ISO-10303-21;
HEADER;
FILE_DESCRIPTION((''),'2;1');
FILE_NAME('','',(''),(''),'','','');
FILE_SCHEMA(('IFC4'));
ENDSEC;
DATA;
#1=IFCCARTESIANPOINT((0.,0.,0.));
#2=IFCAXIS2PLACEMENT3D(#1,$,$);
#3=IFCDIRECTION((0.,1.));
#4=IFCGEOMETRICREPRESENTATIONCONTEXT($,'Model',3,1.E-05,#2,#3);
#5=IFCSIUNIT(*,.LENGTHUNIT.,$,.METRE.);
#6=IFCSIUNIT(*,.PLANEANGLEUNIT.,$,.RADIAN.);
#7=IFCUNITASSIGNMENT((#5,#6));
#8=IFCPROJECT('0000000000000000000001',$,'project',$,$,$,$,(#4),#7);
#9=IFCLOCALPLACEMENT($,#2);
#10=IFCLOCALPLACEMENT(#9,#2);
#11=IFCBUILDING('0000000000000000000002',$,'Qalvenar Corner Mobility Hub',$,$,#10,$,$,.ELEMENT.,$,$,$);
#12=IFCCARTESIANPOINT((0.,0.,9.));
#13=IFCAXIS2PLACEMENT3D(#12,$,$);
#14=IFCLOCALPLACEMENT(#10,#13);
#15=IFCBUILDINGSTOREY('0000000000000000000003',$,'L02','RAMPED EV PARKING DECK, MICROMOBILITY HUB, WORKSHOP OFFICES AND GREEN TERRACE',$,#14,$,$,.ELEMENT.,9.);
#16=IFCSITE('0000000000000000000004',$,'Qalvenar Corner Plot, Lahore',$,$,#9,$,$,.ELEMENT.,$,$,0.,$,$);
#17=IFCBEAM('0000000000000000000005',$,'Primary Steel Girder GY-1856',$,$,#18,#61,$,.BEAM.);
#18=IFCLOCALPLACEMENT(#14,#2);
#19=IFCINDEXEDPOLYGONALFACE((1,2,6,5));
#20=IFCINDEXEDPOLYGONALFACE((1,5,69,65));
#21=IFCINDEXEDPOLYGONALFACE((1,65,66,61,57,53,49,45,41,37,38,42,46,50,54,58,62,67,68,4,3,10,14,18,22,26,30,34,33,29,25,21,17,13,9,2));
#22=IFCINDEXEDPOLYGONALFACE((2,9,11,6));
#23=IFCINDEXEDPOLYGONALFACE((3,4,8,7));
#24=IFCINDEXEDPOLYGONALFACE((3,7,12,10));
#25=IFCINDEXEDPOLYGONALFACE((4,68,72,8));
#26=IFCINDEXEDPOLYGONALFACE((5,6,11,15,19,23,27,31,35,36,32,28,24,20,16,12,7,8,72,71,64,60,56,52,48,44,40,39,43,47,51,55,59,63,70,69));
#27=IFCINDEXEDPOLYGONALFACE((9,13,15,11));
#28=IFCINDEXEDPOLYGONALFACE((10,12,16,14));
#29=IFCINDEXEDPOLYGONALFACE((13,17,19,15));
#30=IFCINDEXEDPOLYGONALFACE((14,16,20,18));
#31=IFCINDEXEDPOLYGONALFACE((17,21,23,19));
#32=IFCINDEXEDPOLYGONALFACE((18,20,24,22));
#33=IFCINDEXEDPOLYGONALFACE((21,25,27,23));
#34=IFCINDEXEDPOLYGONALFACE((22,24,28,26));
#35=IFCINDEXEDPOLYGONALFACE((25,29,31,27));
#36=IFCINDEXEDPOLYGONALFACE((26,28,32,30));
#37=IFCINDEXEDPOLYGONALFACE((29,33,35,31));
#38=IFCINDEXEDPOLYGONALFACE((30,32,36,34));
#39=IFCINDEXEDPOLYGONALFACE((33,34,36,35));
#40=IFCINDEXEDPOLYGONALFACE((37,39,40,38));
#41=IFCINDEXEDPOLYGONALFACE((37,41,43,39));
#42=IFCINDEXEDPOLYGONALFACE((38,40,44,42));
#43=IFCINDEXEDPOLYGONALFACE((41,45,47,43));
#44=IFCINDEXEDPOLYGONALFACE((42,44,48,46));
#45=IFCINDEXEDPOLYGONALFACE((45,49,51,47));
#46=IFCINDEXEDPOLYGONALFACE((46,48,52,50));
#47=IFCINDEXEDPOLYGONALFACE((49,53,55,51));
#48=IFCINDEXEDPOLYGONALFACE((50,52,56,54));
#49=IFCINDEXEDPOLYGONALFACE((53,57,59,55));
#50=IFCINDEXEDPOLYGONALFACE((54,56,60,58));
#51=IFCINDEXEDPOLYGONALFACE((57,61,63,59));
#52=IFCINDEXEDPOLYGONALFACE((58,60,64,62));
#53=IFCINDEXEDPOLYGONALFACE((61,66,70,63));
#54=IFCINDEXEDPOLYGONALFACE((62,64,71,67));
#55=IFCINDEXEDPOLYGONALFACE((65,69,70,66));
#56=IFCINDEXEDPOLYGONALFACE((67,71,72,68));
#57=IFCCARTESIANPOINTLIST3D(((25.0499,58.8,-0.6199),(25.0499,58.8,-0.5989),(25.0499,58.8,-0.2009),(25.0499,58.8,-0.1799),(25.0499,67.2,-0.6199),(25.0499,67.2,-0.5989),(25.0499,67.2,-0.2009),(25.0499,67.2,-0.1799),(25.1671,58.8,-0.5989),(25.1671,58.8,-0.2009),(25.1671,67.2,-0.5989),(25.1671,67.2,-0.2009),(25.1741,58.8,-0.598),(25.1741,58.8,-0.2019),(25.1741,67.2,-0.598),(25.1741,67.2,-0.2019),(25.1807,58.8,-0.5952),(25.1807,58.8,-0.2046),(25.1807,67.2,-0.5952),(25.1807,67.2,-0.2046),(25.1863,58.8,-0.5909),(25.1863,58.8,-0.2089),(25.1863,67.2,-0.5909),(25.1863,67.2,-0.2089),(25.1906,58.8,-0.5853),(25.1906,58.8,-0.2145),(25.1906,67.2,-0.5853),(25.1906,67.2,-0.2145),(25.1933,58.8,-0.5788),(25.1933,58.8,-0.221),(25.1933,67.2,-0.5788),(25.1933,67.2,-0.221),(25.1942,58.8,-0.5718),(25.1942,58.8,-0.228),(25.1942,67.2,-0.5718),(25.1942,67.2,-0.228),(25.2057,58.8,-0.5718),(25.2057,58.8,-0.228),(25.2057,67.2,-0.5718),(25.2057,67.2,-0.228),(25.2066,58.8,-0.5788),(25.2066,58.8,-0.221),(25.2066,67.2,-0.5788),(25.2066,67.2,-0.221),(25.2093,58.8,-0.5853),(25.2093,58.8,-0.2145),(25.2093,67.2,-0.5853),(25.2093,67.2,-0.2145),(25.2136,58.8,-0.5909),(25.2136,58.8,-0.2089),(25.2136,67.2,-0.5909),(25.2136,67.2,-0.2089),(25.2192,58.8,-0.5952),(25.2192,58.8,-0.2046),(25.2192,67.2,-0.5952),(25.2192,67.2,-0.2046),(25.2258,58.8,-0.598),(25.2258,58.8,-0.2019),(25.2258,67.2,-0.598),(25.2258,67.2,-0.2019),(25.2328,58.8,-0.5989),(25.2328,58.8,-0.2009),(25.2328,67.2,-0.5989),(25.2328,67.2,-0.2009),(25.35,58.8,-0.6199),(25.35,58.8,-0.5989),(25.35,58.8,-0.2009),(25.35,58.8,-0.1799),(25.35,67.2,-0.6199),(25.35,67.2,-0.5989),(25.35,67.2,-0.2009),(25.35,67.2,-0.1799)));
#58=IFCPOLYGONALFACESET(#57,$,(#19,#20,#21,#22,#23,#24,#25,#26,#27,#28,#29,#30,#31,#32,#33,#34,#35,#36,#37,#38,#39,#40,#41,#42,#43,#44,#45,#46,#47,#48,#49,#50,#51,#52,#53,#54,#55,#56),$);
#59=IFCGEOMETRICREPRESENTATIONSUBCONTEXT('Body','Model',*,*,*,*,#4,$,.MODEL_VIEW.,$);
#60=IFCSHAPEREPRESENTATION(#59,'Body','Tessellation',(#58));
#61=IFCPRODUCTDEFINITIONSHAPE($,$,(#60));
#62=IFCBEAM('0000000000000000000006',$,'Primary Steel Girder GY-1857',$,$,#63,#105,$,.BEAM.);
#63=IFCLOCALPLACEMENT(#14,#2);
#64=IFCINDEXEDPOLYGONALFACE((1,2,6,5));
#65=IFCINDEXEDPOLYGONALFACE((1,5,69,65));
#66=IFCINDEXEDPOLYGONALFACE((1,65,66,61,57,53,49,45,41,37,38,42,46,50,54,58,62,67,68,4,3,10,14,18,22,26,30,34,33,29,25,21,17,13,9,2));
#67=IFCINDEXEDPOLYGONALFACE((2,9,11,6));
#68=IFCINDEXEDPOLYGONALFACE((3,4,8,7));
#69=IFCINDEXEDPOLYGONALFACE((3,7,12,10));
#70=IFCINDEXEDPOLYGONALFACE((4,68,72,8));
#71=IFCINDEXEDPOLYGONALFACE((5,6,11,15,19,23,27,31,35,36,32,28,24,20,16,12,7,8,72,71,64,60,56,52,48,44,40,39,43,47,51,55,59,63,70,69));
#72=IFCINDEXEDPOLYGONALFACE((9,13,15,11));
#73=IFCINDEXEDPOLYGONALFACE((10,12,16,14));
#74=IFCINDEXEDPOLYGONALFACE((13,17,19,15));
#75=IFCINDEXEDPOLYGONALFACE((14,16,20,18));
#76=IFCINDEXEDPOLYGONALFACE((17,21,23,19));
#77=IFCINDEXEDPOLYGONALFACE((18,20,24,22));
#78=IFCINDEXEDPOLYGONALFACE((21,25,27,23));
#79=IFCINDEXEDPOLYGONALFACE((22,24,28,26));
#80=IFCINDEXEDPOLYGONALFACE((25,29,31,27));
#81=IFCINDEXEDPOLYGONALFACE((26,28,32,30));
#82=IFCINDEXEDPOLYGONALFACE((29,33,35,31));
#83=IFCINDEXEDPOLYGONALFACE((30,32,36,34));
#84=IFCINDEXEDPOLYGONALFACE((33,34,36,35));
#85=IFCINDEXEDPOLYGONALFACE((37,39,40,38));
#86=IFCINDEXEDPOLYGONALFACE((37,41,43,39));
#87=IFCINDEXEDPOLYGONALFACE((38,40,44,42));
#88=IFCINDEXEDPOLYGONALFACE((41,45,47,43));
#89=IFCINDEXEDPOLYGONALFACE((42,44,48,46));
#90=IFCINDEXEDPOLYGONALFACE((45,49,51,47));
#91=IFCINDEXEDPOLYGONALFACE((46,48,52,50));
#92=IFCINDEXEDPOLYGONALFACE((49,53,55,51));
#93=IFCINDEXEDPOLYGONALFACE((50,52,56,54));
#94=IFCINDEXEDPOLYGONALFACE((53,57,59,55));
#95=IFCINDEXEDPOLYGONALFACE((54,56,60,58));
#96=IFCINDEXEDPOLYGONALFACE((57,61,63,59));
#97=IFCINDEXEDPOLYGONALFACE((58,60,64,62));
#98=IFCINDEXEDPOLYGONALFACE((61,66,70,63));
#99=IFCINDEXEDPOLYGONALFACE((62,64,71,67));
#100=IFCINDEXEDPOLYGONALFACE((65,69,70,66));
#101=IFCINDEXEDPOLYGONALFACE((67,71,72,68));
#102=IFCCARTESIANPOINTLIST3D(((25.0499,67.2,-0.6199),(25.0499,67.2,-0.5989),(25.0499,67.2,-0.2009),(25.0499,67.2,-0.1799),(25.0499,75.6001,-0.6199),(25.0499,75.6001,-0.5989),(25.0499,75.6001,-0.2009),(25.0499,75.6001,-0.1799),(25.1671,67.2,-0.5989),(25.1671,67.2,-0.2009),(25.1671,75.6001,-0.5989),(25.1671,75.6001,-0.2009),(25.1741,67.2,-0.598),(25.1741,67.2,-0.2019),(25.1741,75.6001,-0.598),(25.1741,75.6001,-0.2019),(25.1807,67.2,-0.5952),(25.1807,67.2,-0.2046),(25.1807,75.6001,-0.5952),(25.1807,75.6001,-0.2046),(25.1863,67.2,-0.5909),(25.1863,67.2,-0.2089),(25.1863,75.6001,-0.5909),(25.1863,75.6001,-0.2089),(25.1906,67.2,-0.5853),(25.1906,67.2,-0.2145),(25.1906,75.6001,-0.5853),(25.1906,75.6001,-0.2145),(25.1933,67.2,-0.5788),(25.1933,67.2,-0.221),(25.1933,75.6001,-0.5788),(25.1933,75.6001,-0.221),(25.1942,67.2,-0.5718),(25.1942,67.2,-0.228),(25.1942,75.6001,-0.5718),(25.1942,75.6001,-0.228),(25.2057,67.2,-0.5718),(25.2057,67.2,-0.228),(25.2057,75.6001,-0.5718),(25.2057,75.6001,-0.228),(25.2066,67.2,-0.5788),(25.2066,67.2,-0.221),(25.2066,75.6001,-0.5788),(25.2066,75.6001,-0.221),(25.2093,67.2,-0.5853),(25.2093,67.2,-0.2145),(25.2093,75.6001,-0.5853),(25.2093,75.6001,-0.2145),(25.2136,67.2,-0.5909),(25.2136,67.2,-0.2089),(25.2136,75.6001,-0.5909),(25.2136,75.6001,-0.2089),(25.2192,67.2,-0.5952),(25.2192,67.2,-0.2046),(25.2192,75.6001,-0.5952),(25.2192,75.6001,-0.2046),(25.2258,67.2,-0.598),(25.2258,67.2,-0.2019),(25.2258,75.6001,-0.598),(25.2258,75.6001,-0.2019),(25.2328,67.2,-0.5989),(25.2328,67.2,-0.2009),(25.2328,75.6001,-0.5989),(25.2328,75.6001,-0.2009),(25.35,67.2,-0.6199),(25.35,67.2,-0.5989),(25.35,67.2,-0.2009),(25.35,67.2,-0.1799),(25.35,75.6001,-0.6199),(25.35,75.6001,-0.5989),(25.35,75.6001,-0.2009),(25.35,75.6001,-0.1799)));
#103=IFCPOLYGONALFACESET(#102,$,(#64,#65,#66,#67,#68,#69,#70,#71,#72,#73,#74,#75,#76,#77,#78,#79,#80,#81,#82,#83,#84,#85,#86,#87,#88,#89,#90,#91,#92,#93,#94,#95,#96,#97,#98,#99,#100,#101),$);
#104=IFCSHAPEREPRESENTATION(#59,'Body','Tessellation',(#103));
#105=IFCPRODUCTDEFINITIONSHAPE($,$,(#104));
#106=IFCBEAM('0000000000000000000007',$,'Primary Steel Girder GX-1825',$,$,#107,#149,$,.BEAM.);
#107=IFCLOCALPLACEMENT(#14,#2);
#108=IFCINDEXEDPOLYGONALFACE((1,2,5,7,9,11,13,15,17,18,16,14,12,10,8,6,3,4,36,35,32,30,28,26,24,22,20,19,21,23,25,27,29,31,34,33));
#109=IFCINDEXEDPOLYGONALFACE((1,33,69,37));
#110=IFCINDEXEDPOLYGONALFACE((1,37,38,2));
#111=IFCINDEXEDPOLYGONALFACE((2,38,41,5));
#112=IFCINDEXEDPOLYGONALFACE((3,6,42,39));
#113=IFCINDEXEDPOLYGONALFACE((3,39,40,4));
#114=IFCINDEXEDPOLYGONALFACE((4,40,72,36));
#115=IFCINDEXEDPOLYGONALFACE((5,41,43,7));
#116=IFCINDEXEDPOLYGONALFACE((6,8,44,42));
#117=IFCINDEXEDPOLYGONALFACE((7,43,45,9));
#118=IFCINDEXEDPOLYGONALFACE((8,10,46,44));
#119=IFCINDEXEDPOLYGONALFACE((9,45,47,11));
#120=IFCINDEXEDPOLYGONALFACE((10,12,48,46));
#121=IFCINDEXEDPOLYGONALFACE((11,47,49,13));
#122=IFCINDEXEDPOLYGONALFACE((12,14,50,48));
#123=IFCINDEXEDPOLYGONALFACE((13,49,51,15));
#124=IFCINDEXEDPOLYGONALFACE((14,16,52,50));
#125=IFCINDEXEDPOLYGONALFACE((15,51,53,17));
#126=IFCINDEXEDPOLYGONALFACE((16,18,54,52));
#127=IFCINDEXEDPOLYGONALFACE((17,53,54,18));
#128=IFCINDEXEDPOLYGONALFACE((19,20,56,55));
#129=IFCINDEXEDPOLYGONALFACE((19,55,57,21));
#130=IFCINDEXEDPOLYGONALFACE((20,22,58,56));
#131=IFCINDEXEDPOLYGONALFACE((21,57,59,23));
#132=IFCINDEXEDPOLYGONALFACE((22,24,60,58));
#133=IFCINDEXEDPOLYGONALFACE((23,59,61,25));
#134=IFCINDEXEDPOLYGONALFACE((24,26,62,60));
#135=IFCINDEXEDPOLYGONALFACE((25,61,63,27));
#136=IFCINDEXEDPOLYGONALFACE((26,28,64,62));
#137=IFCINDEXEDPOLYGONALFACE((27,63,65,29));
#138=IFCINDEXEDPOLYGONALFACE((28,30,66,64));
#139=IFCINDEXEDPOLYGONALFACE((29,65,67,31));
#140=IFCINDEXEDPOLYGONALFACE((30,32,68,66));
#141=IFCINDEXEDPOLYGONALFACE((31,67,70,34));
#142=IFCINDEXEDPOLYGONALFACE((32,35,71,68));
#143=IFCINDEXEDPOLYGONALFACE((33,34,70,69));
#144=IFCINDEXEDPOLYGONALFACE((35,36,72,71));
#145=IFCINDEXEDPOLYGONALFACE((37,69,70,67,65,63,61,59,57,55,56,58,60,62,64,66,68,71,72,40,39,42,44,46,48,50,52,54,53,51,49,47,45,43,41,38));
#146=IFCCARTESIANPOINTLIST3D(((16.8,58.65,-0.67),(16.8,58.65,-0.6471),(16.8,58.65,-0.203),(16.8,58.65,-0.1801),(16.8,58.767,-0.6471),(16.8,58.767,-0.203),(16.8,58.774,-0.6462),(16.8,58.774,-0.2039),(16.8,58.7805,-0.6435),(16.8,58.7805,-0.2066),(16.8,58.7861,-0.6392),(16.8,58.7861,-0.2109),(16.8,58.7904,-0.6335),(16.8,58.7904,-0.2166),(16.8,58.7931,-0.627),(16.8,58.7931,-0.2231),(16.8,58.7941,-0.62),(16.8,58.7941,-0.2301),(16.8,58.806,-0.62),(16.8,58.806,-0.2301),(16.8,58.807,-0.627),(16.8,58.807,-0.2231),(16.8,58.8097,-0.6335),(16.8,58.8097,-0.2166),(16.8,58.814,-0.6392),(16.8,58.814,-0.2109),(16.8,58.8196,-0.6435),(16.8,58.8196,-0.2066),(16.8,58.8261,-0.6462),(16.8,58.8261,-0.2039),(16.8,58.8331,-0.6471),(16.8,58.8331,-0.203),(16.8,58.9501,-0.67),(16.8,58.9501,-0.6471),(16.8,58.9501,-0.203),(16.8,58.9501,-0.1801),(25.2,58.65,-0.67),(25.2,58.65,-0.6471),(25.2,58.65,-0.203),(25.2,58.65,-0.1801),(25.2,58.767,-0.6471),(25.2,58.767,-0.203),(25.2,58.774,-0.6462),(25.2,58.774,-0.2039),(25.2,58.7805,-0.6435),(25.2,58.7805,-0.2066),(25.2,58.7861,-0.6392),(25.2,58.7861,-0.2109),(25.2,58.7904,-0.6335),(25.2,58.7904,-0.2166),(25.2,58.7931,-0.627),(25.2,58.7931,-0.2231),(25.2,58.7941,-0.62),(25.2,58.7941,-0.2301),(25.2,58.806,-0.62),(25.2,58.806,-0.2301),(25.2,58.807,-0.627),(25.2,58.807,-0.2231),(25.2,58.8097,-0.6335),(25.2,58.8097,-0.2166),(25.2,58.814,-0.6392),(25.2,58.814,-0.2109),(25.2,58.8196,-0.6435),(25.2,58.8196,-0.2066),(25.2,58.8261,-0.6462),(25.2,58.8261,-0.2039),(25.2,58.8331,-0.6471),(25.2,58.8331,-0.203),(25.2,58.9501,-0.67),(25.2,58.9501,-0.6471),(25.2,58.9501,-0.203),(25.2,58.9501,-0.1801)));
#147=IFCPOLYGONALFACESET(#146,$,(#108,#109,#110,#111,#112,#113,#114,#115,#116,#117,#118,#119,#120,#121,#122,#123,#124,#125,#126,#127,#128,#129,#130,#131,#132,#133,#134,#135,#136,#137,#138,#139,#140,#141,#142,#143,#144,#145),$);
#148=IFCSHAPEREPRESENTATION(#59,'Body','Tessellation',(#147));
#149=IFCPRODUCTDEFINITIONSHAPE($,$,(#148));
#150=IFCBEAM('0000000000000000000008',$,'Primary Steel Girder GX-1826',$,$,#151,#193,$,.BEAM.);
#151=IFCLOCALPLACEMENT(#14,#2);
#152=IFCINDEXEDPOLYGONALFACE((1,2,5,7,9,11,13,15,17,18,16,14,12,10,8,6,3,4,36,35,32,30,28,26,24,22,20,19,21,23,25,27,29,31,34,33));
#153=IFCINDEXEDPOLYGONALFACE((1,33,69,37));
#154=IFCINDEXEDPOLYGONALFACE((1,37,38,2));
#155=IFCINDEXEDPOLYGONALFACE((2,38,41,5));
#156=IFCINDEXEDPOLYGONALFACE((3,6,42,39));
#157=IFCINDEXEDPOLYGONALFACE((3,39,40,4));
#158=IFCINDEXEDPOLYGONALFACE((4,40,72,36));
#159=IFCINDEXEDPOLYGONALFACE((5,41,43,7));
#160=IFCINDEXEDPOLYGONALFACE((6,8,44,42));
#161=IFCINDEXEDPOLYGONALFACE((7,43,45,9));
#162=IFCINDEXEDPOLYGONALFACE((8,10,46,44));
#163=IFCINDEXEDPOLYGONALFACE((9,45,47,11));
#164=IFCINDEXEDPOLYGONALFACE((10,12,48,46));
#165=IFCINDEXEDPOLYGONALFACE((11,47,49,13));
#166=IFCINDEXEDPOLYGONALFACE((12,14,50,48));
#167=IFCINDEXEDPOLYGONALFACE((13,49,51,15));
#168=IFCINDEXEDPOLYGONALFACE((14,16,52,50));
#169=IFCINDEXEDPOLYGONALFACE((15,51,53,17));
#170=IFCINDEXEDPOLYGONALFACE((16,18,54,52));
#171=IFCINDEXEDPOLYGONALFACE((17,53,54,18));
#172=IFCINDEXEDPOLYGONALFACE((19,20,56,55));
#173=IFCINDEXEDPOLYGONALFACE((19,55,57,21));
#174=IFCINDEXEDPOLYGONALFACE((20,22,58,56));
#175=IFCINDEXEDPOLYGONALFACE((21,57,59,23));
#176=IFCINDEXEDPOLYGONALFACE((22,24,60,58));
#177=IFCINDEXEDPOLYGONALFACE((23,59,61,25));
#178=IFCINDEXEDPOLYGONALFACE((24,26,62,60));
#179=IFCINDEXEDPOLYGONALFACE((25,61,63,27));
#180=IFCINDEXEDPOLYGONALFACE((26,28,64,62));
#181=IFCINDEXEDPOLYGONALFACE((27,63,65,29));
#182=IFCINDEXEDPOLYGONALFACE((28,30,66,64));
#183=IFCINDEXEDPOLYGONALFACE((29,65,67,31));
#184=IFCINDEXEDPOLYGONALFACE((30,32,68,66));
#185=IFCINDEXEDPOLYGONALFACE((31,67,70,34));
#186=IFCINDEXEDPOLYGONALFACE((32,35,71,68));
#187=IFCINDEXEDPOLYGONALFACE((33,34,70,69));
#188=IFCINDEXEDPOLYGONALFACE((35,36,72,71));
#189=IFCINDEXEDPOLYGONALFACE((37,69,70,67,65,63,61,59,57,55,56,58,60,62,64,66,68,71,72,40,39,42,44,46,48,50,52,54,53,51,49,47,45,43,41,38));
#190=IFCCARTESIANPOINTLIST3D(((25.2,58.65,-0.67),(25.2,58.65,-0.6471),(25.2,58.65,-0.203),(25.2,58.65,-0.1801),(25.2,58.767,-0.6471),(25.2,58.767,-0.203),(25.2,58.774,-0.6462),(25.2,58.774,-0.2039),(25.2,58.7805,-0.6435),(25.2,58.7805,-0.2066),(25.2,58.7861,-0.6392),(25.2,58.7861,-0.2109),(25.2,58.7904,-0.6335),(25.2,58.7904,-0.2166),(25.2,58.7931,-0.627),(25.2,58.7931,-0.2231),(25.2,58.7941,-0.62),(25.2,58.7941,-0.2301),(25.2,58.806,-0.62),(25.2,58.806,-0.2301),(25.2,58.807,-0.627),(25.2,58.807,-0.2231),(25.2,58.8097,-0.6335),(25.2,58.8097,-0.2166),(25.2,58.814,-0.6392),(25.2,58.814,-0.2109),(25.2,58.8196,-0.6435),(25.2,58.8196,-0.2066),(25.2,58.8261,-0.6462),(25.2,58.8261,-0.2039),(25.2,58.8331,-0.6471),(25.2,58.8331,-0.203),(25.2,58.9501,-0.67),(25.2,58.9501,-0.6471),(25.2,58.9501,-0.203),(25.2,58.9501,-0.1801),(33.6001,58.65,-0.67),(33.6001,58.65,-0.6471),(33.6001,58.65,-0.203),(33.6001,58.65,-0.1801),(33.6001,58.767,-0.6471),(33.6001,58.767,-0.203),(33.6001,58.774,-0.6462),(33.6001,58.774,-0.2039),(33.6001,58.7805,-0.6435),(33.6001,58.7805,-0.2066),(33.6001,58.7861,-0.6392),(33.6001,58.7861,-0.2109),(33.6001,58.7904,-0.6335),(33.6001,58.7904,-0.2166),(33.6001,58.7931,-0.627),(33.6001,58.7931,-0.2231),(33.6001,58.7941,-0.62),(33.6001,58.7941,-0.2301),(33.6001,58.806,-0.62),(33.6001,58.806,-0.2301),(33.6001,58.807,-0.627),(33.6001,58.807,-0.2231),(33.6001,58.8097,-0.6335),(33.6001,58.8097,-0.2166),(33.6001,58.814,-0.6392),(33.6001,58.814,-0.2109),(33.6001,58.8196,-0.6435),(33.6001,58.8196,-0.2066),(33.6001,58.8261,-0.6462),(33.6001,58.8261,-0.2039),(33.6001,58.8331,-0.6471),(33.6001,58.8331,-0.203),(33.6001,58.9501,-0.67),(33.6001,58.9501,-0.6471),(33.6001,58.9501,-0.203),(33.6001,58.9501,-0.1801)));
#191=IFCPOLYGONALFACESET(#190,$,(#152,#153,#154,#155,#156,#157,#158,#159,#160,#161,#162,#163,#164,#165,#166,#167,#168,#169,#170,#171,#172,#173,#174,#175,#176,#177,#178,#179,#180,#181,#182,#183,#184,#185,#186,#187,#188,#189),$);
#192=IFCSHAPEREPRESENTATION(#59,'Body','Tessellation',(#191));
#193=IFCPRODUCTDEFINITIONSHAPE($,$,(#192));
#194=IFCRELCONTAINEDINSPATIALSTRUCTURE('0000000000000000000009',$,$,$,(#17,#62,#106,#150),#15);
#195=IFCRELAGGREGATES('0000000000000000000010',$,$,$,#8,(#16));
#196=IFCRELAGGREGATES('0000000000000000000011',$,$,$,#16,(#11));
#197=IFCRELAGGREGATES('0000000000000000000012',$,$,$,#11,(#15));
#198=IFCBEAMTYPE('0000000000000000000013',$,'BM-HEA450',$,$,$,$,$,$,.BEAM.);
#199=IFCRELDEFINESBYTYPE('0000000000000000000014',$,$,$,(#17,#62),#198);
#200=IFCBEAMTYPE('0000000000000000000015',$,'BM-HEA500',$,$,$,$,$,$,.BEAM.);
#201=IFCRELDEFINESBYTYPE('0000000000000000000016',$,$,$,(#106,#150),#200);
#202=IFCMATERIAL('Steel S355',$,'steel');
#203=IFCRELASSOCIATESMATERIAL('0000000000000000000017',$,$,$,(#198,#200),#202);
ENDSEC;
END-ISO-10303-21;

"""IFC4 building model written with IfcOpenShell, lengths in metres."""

from ifc_helpers import new_model, si_unit, direction, frame, origin, origin_2d, place, context, subcontext, project, spatial, i_section, extrude, material, material_profile, profile_set, type_object, element, save


model = new_model("IFC4")

# Units and contexts
model_context = context("Model", 3, precision=1e-05, world=origin(), true_north=direction((0.0, 1.0)))
body_context = subcontext(model_context, "Body", "Model", "MODEL_VIEW")
ifc_project = project(units=[si_unit("LENGTHUNIT", "METRE"), si_unit("PLANEANGLEUNIT", "RADIAN")], contexts=[model_context])

# Site, building, storey
site_placement = place(None, origin())
site = spatial("IfcSite", under=ifc_project, at=site_placement, Name="Qalvenar Corner Plot, Lahore", CompositionType="ELEMENT", RefElevation=0.0)
building_placement = place(site_placement, origin())
building = spatial("IfcBuilding", under=site, at=building_placement, Name="Qalvenar Corner Mobility Hub", CompositionType="ELEMENT")
storey_placement = place(building_placement, frame((0.0, 0.0, 9.0)))
storey = spatial("IfcBuildingStorey", under=building, at=storey_placement, Name="L02", Description="RAMPED EV PARKING DECK, MICROMOBILITY HUB, WORKSHOP OFFICES AND GREEN TERRACE", CompositionType="ELEMENT", Elevation=9.0)

# Shared definitions
ifc_material_1 = material(Name="Steel S355", Category="steel")

# Beams
ifc_material_profile_1 = material_profile(ifc_material_1, i_section(OverallWidth=0.3, OverallDepth=0.4399, WebThickness=0.0115, FlangeThickness=0.021, FilletRadius=0.0271, at=origin_2d()), Name="HEA450")
ifc_profile_set_1 = profile_set([ifc_material_profile_1], Name="Steel S355")
beam_type_1 = type_object("IfcBeamType", Name="BM-HEA450", PredefinedType="BEAM", material=ifc_profile_set_1)
beam_1_placement = place(storey_placement, frame((25.2, 58.8, -0.3999), z_axis=(0.0, 1.0, 0.0), x_axis=(-1.0, 0.0, 0.0)))
element("IfcBeam", 1, at=beam_1_placement, inside=storey, type_object=beam_type_1, Name="Primary Steel Girder GY-1856", PredefinedType="BEAM", context=body_context, shape_type="SweptSolid", body=[
    extrude(i_section(OverallWidth=0.3, OverallDepth=0.4399, WebThickness=0.0115, FlangeThickness=0.021, FilletRadius=0.0271, at=origin_2d()), origin(), (0.0, 0.0, 1.0), 8.3999),
])
beam_2_placement = place(storey_placement, frame((25.2, 67.2, -0.3999), z_axis=(0.0, 1.0, 0.0), x_axis=(-1.0, 0.0, 0.0)))
element("IfcBeam", 2, at=beam_2_placement, inside=storey, type_object=beam_type_1, Name="Primary Steel Girder GY-1857", PredefinedType="BEAM", context=body_context, shape_type="SweptSolid", body=[
    extrude(i_section(OverallWidth=0.3, OverallDepth=0.4399, WebThickness=0.0115, FlangeThickness=0.021, FilletRadius=0.0271, at=origin_2d()), origin(), (0.0, 0.0, 1.0), 8.4001),
])
ifc_material_profile_2 = material_profile(ifc_material_1, i_section(OverallWidth=0.3, OverallDepth=0.49, WebThickness=0.012, FlangeThickness=0.0229, FilletRadius=0.0271, at=origin_2d()), Name="HEA500")
ifc_profile_set_2 = profile_set([ifc_material_profile_2], Name="Steel S355")
beam_type_2 = type_object("IfcBeamType", Name="BM-HEA500", PredefinedType="BEAM", material=ifc_profile_set_2)
beam_3_placement = place(storey_placement, frame((16.8, 58.8, -0.425), z_axis=(1.0, 0.0, 0.0), x_axis=(0.0, 1.0, 0.0)))
element("IfcBeam", 3, at=beam_3_placement, inside=storey, type_object=beam_type_2, Name="Primary Steel Girder GX-1825", PredefinedType="BEAM", context=body_context, shape_type="SweptSolid", body=[
    extrude(i_section(OverallWidth=0.3, OverallDepth=0.49, WebThickness=0.012, FlangeThickness=0.0229, FilletRadius=0.0271, at=origin_2d()), origin(), (0.0, 0.0, 1.0), 8.3999),
])
beam_4_placement = place(storey_placement, frame((25.2, 58.8, -0.425), z_axis=(1.0, 0.0, 0.0), x_axis=(0.0, 1.0, 0.0)))
element("IfcBeam", 4, at=beam_4_placement, inside=storey, type_object=beam_type_2, Name="Primary Steel Girder GX-1826", PredefinedType="BEAM", context=body_context, shape_type="SweptSolid", body=[
    extrude(i_section(OverallWidth=0.3, OverallDepth=0.49, WebThickness=0.012, FlangeThickness=0.0229, FilletRadius=0.0271, at=origin_2d()), origin(), (0.0, 0.0, 1.0), 8.4001),
])

save(model, "model.ifc")
